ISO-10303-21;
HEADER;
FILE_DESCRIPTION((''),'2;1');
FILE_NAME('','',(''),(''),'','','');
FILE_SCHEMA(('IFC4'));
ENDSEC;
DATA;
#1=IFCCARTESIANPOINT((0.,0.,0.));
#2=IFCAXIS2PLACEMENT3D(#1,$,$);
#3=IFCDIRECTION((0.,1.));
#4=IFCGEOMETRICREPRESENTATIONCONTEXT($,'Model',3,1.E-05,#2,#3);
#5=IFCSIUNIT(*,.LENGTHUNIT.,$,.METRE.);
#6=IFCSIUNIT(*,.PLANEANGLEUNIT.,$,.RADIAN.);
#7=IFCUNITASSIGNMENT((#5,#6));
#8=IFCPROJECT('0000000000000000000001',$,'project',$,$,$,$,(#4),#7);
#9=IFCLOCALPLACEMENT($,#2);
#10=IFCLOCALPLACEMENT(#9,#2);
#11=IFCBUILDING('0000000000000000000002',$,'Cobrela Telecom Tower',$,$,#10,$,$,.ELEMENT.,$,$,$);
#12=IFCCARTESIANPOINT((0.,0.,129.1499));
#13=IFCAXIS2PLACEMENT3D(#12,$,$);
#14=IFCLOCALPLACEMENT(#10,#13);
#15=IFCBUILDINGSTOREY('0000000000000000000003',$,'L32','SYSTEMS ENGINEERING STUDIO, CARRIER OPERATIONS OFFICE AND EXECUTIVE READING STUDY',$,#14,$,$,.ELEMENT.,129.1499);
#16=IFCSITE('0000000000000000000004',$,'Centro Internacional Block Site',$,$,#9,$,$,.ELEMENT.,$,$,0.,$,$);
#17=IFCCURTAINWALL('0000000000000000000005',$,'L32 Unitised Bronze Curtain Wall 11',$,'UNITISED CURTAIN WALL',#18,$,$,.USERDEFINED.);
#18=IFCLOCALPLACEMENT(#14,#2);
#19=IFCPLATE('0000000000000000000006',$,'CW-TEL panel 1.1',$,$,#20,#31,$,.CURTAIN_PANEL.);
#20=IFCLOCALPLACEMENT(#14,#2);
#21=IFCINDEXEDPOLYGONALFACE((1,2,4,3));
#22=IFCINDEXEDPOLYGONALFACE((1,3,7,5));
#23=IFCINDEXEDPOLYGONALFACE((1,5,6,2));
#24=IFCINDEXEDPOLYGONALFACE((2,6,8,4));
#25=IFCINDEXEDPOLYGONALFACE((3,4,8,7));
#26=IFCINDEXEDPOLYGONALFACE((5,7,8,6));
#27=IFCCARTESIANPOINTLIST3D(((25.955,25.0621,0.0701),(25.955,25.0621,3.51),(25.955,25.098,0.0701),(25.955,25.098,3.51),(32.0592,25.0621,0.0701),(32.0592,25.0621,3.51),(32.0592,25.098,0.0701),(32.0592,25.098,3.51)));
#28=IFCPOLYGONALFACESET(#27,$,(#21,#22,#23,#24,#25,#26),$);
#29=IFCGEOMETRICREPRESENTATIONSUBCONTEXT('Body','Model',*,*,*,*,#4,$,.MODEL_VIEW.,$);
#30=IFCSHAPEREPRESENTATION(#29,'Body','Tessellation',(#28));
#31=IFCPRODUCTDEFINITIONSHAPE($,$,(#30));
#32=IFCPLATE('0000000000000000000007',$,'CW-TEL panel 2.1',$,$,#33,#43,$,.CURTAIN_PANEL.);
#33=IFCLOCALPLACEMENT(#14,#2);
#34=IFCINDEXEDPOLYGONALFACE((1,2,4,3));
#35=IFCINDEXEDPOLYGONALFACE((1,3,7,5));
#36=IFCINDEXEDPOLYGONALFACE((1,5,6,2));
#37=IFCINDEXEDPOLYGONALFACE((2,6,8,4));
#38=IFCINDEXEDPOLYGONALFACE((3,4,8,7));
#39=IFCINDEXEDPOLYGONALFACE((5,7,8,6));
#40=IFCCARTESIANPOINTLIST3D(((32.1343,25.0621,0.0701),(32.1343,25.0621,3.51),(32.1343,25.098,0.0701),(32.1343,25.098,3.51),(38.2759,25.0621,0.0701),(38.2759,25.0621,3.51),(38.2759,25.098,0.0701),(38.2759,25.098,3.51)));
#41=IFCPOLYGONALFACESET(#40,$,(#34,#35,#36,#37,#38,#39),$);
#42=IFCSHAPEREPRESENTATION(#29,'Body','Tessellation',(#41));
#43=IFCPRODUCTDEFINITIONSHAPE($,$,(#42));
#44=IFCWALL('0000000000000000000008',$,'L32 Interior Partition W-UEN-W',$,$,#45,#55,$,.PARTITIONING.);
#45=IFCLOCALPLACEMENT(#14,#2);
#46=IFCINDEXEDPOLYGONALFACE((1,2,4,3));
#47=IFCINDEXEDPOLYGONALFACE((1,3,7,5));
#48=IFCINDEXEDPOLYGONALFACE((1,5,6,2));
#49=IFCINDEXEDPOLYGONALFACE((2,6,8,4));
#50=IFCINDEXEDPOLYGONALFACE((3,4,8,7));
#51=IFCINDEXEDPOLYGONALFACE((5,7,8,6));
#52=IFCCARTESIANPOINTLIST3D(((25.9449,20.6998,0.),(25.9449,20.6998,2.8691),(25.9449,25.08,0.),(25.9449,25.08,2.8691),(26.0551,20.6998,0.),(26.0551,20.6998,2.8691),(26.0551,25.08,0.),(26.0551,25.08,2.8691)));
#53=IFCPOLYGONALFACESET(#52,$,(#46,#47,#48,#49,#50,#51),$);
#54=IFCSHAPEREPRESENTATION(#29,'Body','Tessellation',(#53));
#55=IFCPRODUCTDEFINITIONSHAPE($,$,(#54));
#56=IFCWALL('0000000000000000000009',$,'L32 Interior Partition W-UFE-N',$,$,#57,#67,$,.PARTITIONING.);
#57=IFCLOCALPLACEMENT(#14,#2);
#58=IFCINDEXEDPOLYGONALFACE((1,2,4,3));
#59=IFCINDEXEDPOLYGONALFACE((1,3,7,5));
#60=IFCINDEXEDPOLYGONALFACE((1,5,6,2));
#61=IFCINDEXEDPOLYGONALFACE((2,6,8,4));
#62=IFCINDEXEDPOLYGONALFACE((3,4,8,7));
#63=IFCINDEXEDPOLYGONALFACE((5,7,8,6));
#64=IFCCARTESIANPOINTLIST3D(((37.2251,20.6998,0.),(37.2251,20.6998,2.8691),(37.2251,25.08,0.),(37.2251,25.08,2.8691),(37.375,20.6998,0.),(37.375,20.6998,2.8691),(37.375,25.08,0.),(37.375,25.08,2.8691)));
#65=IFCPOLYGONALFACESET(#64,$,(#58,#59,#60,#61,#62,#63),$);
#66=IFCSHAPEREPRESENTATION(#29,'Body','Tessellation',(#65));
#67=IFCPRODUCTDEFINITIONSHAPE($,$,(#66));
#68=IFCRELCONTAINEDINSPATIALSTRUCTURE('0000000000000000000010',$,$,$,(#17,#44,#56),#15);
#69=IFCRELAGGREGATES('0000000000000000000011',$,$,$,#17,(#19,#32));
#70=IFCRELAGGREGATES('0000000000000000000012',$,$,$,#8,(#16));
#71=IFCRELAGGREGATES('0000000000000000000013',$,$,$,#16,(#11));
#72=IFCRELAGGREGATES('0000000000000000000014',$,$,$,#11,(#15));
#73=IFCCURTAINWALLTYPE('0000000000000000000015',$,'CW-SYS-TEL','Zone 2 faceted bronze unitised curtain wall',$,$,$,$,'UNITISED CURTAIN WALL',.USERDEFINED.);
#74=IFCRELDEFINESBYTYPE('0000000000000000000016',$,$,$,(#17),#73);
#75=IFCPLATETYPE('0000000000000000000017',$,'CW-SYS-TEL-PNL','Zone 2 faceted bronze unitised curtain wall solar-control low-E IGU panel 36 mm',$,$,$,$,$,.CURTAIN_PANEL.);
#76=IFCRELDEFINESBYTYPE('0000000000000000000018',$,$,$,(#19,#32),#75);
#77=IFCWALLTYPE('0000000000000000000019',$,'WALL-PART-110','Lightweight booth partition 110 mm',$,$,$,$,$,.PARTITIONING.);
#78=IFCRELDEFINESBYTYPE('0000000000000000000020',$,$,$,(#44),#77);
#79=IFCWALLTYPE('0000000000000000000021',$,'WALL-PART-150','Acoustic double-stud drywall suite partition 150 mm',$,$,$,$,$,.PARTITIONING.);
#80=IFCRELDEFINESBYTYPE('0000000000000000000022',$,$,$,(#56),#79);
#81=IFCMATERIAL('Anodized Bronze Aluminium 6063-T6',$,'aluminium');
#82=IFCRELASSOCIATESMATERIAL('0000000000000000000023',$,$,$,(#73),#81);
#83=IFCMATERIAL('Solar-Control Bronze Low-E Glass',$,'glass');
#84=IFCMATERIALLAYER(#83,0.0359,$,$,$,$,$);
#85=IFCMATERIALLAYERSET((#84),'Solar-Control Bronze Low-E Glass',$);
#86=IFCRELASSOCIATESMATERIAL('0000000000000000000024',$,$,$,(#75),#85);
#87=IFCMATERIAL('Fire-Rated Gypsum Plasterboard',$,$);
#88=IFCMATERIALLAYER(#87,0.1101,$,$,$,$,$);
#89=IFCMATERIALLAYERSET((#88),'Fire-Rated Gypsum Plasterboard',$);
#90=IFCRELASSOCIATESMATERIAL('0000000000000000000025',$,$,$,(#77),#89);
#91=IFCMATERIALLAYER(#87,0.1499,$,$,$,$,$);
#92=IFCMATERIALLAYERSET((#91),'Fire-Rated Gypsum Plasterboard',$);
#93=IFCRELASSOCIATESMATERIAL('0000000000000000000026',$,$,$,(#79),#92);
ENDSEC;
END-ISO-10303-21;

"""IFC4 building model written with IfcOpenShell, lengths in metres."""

from ifc_helpers import new_model, si_unit, direction, frame, frame_2d, origin, origin_2d, place, context, subcontext, project, spatial, rectangle, extrude, material, layer, layer_set, type_object, element, aggregate, save


model = new_model("IFC4")

# Units and contexts
model_context = context("Model", 3, precision=1e-05, world=origin(), true_north=direction((0.0, 1.0)))
body_context = subcontext(model_context, "Body", "Model", "MODEL_VIEW")
ifc_project = project(units=[si_unit("LENGTHUNIT", "METRE"), si_unit("PLANEANGLEUNIT", "RADIAN")], contexts=[model_context])

# Site, building, storey
site_placement = place(None, origin())
site = spatial("IfcSite", under=ifc_project, at=site_placement, Name="Centro Internacional Block Site", CompositionType="ELEMENT", RefElevation=0.0)
building_placement = place(site_placement, origin())
building = spatial("IfcBuilding", under=site, at=building_placement, Name="Cobrela Telecom Tower", CompositionType="ELEMENT")
storey_placement = place(building_placement, frame((0.0, 0.0, 129.1499)))
storey = spatial("IfcBuildingStorey", under=building, at=storey_placement, Name="L32", Description="SYSTEMS ENGINEERING STUDIO, CARRIER OPERATIONS OFFICE AND EXECUTIVE READING STUDY", CompositionType="ELEMENT", Elevation=129.1499)

# Curtain wall, plates
ifc_material_1 = material(Name="Anodized Bronze Aluminium 6063-T6", Category="aluminium")
curtain_wall_type = type_object("IfcCurtainWallType", Name="CW-SYS-TEL", Description="Zone 2 faceted bronze unitised curtain wall", ElementType="UNITISED CURTAIN WALL", PredefinedType="USERDEFINED", material=ifc_material_1)
curtain_wall_placement = place(storey_placement, origin())
curtain_wall = element("IfcCurtainWall", 1, at=curtain_wall_placement, inside=storey, type_object=curtain_wall_type, Name="L32 Unitised Bronze Curtain Wall 11", ObjectType="UNITISED CURTAIN WALL", PredefinedType="USERDEFINED")
ifc_material_2 = material(Name="Solar-Control Bronze Low-E Glass", Category="glass")
ifc_layer_1 = layer(ifc_material_2, 0.0359)
ifc_layer_set_1 = layer_set([ifc_layer_1], Name="Solar-Control Bronze Low-E Glass")
plate_type = type_object("IfcPlateType", Name="CW-SYS-TEL-PNL", Description="Zone 2 faceted bronze unitised curtain wall solar-control low-E IGU panel 36 mm", PredefinedType="CURTAIN_PANEL", material=ifc_layer_set_1)
plate_1_placement = place(storey_placement, frame((29.0071, 25.0801, 0.0701), z_axis=(0.0, 0.0, 1.0), x_axis=(1.0, 0.0, 0.0)))
plate_1 = element("IfcPlate", 2, at=plate_1_placement, type_object=plate_type, Name="CW-TEL panel 1.1", PredefinedType="CURTAIN_PANEL", context=body_context, shape_type="SweptSolid", body=[
    extrude(rectangle(XDim=6.1042, YDim=0.0359, at=origin_2d()), origin(), (0.0, 0.0, 1.0), 3.4399),
])
plate_2_placement = place(storey_placement, frame((35.2051, 25.0801, 0.0701), z_axis=(0.0, 0.0, 1.0), x_axis=(1.0, 0.0, 0.0)))
plate_2 = element("IfcPlate", 3, at=plate_2_placement, type_object=plate_type, Name="CW-TEL panel 2.1", PredefinedType="CURTAIN_PANEL", context=body_context, shape_type="SweptSolid", body=[
    extrude(rectangle(XDim=6.1416, YDim=0.0359, at=origin_2d()), origin(), (0.0, 0.0, 1.0), 3.4399),
])
aggregate(curtain_wall, [plate_1, plate_2])

# Walls
ifc_material_3 = material(Name="Fire-Rated Gypsum Plasterboard")
ifc_layer_2 = layer(ifc_material_3, 0.1101)
ifc_layer_set_2 = layer_set([ifc_layer_2], Name="Fire-Rated Gypsum Plasterboard")
wall_type_1 = type_object("IfcWallType", Name="WALL-PART-110", Description="Lightweight booth partition 110 mm", PredefinedType="PARTITIONING", material=ifc_layer_set_2)
wall_1_placement = place(storey_placement, frame((26.0, 20.7, 0.0), z_axis=(0.0, 0.0, 1.0), x_axis=(0.0, 1.0, 0.0)))
element("IfcWall", 4, at=wall_1_placement, inside=storey, type_object=wall_type_1, Name="L32 Interior Partition W-UEN-W", PredefinedType="PARTITIONING", context=body_context, shape_type="SweptSolid", body=[
    extrude(rectangle(XDim=4.3801, YDim=0.1101, at=frame_2d((2.1899, 0.0))), origin(), (0.0, 0.0, 1.0), 2.8691),
])
ifc_layer_3 = layer(ifc_material_3, 0.1499)
ifc_layer_set_3 = layer_set([ifc_layer_3], Name="Fire-Rated Gypsum Plasterboard")
wall_type_2 = type_object("IfcWallType", Name="WALL-PART-150", Description="Acoustic double-stud drywall suite partition 150 mm", PredefinedType="PARTITIONING", material=ifc_layer_set_3)
wall_2_placement = place(storey_placement, frame((37.3, 20.7, 0.0), z_axis=(0.0, 0.0, 1.0), x_axis=(0.0, 1.0, 0.0)))
element("IfcWall", 5, at=wall_2_placement, inside=storey, type_object=wall_type_2, Name="L32 Interior Partition W-UFE-N", PredefinedType="PARTITIONING", context=body_context, shape_type="SweptSolid", body=[
    extrude(rectangle(XDim=4.3801, YDim=0.1499, at=frame_2d((2.1899, 0.0))), origin(), (0.0, 0.0, 1.0), 2.8691),
])

save(model, "model.ifc")
